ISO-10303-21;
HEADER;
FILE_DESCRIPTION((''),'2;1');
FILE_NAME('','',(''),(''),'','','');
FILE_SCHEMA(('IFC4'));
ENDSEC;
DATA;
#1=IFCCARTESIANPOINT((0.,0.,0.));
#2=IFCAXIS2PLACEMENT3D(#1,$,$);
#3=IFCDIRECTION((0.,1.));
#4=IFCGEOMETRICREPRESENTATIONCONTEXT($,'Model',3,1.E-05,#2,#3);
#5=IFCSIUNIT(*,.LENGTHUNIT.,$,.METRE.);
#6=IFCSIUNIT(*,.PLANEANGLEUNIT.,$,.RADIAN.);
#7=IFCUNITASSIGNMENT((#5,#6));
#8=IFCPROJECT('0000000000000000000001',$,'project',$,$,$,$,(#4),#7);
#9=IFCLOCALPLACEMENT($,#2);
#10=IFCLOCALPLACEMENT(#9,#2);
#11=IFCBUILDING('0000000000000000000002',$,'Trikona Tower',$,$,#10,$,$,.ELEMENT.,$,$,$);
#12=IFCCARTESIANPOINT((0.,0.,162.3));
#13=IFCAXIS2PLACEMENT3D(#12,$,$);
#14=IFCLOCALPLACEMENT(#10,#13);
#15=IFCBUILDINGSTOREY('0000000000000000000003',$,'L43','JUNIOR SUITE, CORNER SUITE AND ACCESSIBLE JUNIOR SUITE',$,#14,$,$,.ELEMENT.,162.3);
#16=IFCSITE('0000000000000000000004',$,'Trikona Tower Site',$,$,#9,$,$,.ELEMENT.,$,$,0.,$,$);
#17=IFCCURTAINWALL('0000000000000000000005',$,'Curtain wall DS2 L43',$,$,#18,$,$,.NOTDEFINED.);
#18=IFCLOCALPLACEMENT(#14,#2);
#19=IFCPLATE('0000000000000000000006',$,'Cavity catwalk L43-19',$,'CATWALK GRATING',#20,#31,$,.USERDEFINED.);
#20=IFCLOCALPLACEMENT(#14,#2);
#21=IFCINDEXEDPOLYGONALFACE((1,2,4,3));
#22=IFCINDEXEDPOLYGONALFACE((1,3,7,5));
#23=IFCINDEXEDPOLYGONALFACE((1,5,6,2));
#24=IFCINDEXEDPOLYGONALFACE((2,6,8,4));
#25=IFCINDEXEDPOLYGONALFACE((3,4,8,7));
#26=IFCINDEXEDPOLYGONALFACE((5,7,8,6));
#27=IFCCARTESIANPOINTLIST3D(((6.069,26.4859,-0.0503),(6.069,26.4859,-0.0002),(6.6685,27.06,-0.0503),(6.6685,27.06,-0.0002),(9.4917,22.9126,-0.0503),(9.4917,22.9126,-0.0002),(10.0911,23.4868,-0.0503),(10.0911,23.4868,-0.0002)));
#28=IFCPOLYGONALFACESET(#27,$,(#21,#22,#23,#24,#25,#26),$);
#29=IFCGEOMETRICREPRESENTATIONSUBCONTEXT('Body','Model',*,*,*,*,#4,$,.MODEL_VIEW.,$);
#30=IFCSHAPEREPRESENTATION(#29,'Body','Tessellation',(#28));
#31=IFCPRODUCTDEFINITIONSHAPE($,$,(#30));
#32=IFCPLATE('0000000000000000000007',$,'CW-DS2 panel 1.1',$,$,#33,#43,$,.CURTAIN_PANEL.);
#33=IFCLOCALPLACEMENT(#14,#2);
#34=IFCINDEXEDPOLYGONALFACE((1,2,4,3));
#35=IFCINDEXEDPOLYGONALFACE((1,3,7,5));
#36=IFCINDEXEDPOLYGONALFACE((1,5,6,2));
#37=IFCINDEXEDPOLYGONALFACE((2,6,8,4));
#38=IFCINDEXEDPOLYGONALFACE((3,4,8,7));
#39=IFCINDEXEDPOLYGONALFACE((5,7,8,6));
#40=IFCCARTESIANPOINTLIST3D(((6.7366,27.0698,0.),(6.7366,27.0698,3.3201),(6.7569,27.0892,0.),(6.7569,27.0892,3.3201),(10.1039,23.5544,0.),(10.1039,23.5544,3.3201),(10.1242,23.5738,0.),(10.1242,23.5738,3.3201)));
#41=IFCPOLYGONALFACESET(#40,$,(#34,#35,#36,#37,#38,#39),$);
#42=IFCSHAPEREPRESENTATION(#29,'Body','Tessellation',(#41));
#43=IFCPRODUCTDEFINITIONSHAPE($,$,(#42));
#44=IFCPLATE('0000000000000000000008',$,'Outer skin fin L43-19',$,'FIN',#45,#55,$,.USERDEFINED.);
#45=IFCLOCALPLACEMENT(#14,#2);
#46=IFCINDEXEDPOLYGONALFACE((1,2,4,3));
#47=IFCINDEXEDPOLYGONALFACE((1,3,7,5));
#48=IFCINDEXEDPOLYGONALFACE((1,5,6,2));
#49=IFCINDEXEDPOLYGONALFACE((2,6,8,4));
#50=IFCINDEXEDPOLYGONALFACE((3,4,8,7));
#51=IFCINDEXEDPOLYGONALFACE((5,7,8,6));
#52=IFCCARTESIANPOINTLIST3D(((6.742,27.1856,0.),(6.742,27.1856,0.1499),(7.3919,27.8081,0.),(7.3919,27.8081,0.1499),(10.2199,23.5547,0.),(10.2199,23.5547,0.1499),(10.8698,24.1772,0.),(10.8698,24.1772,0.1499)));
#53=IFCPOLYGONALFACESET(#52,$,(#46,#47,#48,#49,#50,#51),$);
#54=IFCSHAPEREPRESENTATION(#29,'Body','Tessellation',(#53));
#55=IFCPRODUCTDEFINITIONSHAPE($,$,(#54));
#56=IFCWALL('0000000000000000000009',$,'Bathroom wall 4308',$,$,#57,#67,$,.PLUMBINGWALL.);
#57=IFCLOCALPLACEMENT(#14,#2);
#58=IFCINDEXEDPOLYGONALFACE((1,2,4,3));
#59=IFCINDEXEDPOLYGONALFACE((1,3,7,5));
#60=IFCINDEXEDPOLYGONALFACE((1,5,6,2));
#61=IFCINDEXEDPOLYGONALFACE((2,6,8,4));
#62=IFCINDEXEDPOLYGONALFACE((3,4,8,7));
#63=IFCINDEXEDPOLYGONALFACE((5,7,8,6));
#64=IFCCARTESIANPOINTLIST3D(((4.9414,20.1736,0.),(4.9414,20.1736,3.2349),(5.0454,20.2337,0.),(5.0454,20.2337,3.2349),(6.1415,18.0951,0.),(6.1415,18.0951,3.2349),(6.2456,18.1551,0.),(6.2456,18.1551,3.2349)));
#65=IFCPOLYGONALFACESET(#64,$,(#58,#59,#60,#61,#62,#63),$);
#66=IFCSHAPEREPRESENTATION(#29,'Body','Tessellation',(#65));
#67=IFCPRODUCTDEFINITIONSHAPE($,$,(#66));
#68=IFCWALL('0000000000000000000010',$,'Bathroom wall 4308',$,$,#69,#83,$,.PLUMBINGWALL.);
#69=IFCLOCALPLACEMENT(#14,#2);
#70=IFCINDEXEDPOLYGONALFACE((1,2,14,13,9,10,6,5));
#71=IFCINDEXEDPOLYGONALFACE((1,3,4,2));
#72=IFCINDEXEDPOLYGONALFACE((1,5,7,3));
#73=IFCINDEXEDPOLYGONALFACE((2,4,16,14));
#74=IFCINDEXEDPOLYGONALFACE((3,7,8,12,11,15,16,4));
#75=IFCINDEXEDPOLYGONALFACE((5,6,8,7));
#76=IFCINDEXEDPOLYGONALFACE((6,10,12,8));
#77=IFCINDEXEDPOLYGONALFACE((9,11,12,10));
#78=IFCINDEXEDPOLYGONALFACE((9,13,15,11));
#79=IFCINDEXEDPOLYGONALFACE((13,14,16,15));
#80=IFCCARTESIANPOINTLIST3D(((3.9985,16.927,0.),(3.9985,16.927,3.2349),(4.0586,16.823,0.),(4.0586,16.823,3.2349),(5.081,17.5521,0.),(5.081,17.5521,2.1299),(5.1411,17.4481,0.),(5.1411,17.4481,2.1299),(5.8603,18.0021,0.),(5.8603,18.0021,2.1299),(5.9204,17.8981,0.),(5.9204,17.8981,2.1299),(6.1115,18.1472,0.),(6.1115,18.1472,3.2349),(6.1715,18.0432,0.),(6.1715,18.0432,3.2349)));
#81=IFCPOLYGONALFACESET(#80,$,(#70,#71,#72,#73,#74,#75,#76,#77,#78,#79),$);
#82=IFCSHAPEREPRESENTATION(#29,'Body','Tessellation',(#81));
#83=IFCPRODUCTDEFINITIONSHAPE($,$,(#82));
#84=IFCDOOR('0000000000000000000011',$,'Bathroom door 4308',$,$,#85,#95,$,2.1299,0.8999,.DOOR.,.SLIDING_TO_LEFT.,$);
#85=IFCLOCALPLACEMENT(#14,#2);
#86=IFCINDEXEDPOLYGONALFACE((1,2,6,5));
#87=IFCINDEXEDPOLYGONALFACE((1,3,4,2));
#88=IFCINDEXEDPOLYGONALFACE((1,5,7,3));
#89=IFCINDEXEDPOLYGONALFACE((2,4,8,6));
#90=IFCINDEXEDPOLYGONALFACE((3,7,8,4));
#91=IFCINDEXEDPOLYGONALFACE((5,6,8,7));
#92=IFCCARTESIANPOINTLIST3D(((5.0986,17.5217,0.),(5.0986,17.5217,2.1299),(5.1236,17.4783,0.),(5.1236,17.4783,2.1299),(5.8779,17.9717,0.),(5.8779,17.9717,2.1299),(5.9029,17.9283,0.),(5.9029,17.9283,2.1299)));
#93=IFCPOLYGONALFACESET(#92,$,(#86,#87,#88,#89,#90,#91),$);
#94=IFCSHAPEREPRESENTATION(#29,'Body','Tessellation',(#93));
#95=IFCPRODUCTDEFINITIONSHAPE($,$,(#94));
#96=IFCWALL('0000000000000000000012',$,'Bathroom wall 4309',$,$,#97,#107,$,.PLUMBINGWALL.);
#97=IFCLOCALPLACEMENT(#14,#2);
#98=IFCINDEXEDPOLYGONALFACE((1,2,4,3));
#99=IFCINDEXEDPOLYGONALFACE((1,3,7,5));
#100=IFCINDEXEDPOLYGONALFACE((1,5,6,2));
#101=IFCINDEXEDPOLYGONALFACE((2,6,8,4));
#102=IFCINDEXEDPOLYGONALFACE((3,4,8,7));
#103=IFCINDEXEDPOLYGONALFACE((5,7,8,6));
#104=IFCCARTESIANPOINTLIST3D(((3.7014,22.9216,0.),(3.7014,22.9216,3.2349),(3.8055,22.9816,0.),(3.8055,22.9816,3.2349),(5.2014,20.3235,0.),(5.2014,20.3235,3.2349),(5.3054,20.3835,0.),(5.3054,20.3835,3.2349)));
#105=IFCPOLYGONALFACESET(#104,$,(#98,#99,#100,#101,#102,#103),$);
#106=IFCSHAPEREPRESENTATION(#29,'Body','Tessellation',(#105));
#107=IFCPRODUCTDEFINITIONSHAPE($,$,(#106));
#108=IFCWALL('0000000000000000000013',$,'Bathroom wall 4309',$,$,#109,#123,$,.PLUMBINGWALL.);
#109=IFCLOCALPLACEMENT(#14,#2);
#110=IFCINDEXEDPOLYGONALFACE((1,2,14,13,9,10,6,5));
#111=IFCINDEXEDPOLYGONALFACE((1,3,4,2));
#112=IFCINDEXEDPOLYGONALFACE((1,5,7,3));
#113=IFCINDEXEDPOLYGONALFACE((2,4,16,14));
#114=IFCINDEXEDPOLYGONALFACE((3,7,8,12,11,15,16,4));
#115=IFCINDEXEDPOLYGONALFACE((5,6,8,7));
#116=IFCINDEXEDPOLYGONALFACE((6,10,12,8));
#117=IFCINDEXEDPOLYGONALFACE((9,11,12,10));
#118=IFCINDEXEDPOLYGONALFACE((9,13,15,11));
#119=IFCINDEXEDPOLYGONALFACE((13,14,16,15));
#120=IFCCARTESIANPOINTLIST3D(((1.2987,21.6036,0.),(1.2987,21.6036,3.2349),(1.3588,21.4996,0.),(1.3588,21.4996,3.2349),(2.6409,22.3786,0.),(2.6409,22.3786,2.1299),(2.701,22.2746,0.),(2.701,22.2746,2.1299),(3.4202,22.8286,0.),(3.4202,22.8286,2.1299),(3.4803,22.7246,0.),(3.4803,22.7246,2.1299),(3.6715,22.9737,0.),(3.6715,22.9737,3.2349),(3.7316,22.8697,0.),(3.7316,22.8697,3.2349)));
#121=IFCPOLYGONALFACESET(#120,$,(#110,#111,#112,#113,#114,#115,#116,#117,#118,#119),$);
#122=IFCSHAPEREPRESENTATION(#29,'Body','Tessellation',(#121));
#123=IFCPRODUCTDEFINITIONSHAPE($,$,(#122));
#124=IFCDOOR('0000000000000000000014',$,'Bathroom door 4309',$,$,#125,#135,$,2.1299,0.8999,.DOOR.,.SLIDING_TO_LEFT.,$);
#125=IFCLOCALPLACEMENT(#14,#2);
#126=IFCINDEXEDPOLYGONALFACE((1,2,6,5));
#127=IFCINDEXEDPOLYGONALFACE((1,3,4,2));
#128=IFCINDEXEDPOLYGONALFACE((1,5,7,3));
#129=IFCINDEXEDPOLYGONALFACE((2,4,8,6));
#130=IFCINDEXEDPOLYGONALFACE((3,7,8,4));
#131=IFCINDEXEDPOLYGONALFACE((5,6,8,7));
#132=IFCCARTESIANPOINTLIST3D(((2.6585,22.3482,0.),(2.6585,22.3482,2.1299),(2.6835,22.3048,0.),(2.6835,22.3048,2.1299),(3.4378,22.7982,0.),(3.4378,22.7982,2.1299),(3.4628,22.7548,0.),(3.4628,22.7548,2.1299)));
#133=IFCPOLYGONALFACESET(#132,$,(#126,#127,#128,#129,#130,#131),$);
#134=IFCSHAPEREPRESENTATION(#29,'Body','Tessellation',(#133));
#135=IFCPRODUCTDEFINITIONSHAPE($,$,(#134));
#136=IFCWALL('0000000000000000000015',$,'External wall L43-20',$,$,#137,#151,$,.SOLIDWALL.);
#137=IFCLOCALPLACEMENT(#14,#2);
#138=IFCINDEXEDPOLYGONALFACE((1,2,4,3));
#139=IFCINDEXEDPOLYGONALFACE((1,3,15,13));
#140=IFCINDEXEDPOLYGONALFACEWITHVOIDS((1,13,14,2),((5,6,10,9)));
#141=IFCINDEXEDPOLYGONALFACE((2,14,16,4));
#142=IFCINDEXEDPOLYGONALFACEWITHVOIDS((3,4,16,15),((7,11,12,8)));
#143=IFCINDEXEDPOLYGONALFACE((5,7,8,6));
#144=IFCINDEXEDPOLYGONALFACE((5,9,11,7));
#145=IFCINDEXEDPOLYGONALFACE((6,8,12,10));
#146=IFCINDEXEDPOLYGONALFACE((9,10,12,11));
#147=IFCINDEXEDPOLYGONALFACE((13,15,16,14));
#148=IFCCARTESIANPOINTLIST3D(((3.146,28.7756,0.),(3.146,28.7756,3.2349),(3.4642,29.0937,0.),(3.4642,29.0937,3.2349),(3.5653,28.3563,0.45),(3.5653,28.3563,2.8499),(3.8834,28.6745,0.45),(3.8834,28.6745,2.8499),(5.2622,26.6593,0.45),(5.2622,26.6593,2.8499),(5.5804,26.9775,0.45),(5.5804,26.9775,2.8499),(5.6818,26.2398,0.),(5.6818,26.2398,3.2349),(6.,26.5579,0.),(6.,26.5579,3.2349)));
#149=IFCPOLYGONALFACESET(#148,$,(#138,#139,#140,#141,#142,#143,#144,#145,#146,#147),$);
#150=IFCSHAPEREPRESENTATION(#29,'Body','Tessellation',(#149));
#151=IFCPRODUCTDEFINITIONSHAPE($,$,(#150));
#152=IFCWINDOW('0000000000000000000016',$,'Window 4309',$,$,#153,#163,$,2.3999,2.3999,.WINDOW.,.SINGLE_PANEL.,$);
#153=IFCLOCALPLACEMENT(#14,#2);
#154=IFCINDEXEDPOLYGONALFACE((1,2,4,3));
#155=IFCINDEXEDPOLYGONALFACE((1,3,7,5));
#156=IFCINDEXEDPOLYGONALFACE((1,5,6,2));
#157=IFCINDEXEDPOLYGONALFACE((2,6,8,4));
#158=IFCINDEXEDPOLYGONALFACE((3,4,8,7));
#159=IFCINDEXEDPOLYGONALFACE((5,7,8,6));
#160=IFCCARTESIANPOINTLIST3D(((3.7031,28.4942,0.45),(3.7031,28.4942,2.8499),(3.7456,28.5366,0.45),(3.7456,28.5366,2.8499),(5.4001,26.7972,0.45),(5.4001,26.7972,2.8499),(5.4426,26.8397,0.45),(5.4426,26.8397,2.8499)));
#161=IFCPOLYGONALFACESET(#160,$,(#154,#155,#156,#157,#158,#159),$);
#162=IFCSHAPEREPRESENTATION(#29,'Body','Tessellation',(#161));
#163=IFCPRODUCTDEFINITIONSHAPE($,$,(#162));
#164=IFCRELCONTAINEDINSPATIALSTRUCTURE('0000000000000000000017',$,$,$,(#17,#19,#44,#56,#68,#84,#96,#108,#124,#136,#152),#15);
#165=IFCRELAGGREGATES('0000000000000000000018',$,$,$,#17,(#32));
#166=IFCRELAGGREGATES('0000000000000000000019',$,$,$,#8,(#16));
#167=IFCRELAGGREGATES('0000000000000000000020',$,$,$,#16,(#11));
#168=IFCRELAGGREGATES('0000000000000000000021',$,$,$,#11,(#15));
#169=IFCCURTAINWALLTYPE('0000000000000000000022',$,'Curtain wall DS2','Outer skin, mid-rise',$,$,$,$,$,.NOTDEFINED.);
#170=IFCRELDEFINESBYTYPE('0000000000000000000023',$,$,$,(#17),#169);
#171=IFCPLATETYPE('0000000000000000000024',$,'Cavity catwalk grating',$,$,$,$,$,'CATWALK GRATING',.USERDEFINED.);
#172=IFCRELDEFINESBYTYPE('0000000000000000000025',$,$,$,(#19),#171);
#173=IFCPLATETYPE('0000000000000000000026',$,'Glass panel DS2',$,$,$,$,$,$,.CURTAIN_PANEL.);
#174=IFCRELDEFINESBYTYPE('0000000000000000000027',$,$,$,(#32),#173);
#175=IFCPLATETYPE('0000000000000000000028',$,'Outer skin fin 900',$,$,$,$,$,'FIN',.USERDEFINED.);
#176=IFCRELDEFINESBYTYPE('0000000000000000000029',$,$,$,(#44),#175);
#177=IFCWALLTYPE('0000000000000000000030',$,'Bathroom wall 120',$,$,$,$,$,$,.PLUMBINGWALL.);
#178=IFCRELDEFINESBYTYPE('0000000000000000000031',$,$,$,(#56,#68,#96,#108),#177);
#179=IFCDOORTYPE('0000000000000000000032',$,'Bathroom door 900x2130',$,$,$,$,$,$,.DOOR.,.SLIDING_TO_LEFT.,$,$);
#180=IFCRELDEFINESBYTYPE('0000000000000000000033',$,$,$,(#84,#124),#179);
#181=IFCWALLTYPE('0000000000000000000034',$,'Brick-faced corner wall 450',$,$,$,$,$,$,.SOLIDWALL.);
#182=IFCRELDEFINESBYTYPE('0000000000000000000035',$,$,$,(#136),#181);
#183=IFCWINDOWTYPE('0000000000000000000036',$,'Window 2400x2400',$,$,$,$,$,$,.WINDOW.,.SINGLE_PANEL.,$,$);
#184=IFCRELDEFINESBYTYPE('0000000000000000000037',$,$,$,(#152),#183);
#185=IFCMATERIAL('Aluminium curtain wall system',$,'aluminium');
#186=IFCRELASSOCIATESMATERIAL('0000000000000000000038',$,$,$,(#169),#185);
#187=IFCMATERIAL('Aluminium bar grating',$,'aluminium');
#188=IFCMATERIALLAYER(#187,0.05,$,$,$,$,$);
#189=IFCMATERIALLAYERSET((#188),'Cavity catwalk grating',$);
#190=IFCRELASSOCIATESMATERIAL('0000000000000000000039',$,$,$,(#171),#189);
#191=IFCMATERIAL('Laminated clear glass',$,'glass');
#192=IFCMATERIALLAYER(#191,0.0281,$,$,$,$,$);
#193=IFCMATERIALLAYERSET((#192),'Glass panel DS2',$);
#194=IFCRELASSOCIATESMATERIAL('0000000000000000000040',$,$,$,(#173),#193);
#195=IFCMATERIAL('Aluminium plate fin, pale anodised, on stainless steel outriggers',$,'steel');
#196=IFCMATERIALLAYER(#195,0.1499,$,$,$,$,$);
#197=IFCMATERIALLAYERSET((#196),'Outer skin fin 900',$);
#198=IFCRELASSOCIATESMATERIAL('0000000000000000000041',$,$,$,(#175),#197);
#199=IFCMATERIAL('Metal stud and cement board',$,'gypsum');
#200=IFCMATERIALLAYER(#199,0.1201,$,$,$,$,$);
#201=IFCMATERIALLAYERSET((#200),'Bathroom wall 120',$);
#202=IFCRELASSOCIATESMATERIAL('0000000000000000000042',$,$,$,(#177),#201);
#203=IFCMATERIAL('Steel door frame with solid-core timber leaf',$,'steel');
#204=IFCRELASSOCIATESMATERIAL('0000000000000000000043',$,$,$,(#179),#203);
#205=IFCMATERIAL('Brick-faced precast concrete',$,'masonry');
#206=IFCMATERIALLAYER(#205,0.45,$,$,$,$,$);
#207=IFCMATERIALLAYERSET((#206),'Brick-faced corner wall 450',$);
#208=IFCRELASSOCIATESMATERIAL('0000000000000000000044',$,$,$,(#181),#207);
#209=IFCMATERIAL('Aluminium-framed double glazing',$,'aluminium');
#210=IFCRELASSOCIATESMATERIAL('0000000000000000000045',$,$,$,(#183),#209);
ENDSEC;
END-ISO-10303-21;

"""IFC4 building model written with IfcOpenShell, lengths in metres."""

from ifc_helpers import new_model, si_unit, direction, frame, frame_2d, origin, origin_2d, place, context, subcontext, project, spatial, rectangle, extrude, material, layer, layer_set, type_object, element, fill, aggregate, save


model = new_model("IFC4")

# Units and contexts
model_context = context("Model", 3, precision=1e-05, world=origin(), true_north=direction((0.0, 1.0)))
body_context = subcontext(model_context, "Body", "Model", "MODEL_VIEW")
ifc_project = project(units=[si_unit("LENGTHUNIT", "METRE"), si_unit("PLANEANGLEUNIT", "RADIAN")], contexts=[model_context])

# Site, building, storey
site_placement = place(None, origin())
site = spatial("IfcSite", under=ifc_project, at=site_placement, Name="Trikona Tower Site", CompositionType="ELEMENT", RefElevation=0.0)
building_placement = place(site_placement, origin())
building = spatial("IfcBuilding", under=site, at=building_placement, Name="Trikona Tower", CompositionType="ELEMENT")
storey_placement = place(building_placement, frame((0.0, 0.0, 162.3)))
storey = spatial("IfcBuildingStorey", under=building, at=storey_placement, Name="L43", Description="JUNIOR SUITE, CORNER SUITE AND ACCESSIBLE JUNIOR SUITE", CompositionType="ELEMENT", Elevation=162.3)

# Curtain wall
ifc_material_1 = material(Name="Aluminium curtain wall system", Category="aluminium")
curtain_wall_type = type_object("IfcCurtainWallType", Name="Curtain wall DS2", Description="Outer skin, mid-rise", PredefinedType="NOTDEFINED", material=ifc_material_1)
curtain_wall_placement = place(storey_placement, origin())
curtain_wall = element("IfcCurtainWall", 1, at=curtain_wall_placement, inside=storey, type_object=curtain_wall_type, Name="Curtain wall DS2 L43", PredefinedType="NOTDEFINED")

# Plates
ifc_material_2 = material(Name="Aluminium bar grating", Category="aluminium")
ifc_layer_1 = layer(ifc_material_2, 0.05)
ifc_layer_set_1 = layer_set([ifc_layer_1], Name="Cavity catwalk grating")
plate_type_1 = type_object("IfcPlateType", Name="Cavity catwalk grating", ElementType="CATWALK GRATING", PredefinedType="USERDEFINED", material=ifc_layer_set_1)
plate_1_placement = place(storey_placement, frame((8.0801, 24.9863, -0.0503), z_axis=(0.0, 0.0, 1.0), x_axis=(-0.691724, 0.722162, 0.0)))
element("IfcPlate", 2, at=plate_1_placement, inside=storey, type_object=plate_type_1, Name="Cavity catwalk L43-19", ObjectType="CATWALK GRATING", PredefinedType="USERDEFINED", context=body_context, shape_type="SweptSolid", body=[
    extrude(rectangle(XDim=4.948, YDim=0.8301, at=origin_2d()), origin(), (0.0, 0.0, 1.0), 0.05),
])
ifc_material_3 = material(Name="Laminated clear glass", Category="glass")
ifc_layer_2 = layer(ifc_material_3, 0.0281)
ifc_layer_set_2 = layer_set([ifc_layer_2], Name="Glass panel DS2")
plate_type_2 = type_object("IfcPlateType", Name="Glass panel DS2", PredefinedType="CURTAIN_PANEL", material=ifc_layer_set_2)
plate_2_placement = place(storey_placement, frame((8.4304, 25.3218, 0.0), z_axis=(0.0, 0.0, 1.0), x_axis=(-0.691728, 0.722158, 0.0)))
plate_2 = element("IfcPlate", 3, at=plate_2_placement, type_object=plate_type_2, Name="CW-DS2 panel 1.1", PredefinedType="CURTAIN_PANEL", context=body_context, shape_type="SweptSolid", body=[
    extrude(rectangle(XDim=4.8679, YDim=0.0281, at=origin_2d()), origin(), (0.0, 0.0, 1.0), 3.3201),
])
aggregate(curtain_wall, [plate_2])
ifc_material_4 = material(Name="Aluminium plate fin, pale anodised, on stainless steel outriggers", Category="steel")
ifc_layer_3 = layer(ifc_material_4, 0.1499)
ifc_layer_set_3 = layer_set([ifc_layer_3], Name="Outer skin fin 900")
plate_type_3 = type_object("IfcPlateType", Name="Outer skin fin 900", ElementType="FIN", PredefinedType="USERDEFINED", material=ifc_layer_set_3)
plate_3_placement = place(storey_placement, frame((8.8059, 25.6814, 0.0), z_axis=(0.0, 0.0, 1.0), x_axis=(-0.691724, 0.722162, 0.0)))
element("IfcPlate", 4, at=plate_3_placement, inside=storey, type_object=plate_type_3, Name="Outer skin fin L43-19", ObjectType="FIN", PredefinedType="USERDEFINED", context=body_context, shape_type="SweptSolid", body=[
    extrude(rectangle(XDim=5.0278, YDim=0.8999, at=origin_2d()), origin(), (0.0, 0.0, 1.0), 0.1499),
])

# Wall
ifc_material_5 = material(Name="Metal stud and cement board", Category="gypsum")
ifc_layer_4 = layer(ifc_material_5, 0.1201)
ifc_layer_set_4 = layer_set([ifc_layer_4], Name="Bathroom wall 120")
wall_type_1 = type_object("IfcWallType", Name="Bathroom wall 120", PredefinedType="PLUMBINGWALL", material=ifc_layer_set_4)
wall_1_placement = place(storey_placement, frame((6.1936, 18.125, 0.0), z_axis=(0.0, 0.0, 1.0), x_axis=(-0.500034, 0.866006, 0.0)))
element("IfcWall", 5, at=wall_1_placement, inside=storey, type_object=wall_type_1, Name="Bathroom wall 4308", PredefinedType="PLUMBINGWALL", context=body_context, shape_type="SweptSolid", body=[
    extrude(rectangle(XDim=2.4001, YDim=0.1201, at=frame_2d((1.2002, 0.0))), origin(), (0.0, 0.0, 1.0), 3.2349),
])

# Wall, opening, door
wall_2_placement = place(storey_placement, frame((4.0286, 16.875, 0.0), z_axis=(0.0, 0.0, 1.0), x_axis=(0.865981, 0.500078, 0.0)))
wall_2 = element("IfcWall", 6, at=wall_2_placement, inside=storey, type_object=wall_type_1, Name="Bathroom wall 4308", PredefinedType="PLUMBINGWALL", context=body_context, shape_type="SweptSolid", body=[
    extrude(rectangle(XDim=2.4399, YDim=0.1201, at=frame_2d((1.22, 0.0))), origin(), (0.0, 0.0, 1.0), 3.2349),
])
opening_1_placement = place(wall_2_placement, frame((1.25, 0.0, 0.0)))
opening_1 = element("IfcOpeningElement", 7, at=opening_1_placement, cuts=wall_2, PredefinedType="OPENING", context=body_context, shape_type="SweptSolid", body=[
    extrude(rectangle(XDim=0.8999, YDim=2.1299, at=frame_2d((0.45, 1.0649))), frame((0.0, 0.0701, 0.0), z_axis=(0.0, -1.0, 0.0), x_axis=(1.0, 0.0, 0.0)), (0.0, 0.0, 1.0), 0.1401),
])
ifc_material_6 = material(Name="Steel door frame with solid-core timber leaf", Category="steel")
door_type = type_object("IfcDoorType", Name="Bathroom door 900x2130", OperationType="SLIDING_TO_LEFT", PredefinedType="DOOR", material=ifc_material_6)
door_1_placement = place(opening_1_placement, origin())
door_1 = element("IfcDoor", 8, at=door_1_placement, inside=storey, type_object=door_type, Name="Bathroom door 4308", OperationType="SLIDING_TO_LEFT", OverallHeight=2.1299, OverallWidth=0.8999, PredefinedType="DOOR", context=body_context, shape_type="SweptSolid", body=[
    extrude(rectangle(XDim=0.8999, YDim=2.1299, at=frame_2d((0.45, 1.0649))), frame((0.0, 0.0249, 0.0), z_axis=(0.0, -1.0, 0.0), x_axis=(1.0, 0.0, 0.0)), (0.0, 0.0, 1.0), 0.05),
])
fill(opening_1, door_1)

# Wall
wall_3_placement = place(storey_placement, frame((5.2534, 20.3535, 0.0), z_axis=(0.0, 0.0, 1.0), x_axis=(-0.49999, 0.866031, 0.0)))
element("IfcWall", 9, at=wall_3_placement, inside=storey, type_object=wall_type_1, Name="Bathroom wall 4309", PredefinedType="PLUMBINGWALL", context=body_context, shape_type="SweptSolid", body=[
    extrude(rectangle(XDim=3.0, YDim=0.1201, at=frame_2d((1.5, 0.0))), origin(), (0.0, 0.0, 1.0), 3.2349),
])

# Wall, opening, door
wall_4_placement = place(storey_placement, frame((1.3286, 21.5515, 0.0), z_axis=(0.0, 0.0, 1.0), x_axis=(0.865997, 0.500049, 0.0)))
wall_4 = element("IfcWall", 10, at=wall_4_placement, inside=storey, type_object=wall_type_1, Name="Bathroom wall 4309", PredefinedType="PLUMBINGWALL", context=body_context, shape_type="SweptSolid", body=[
    extrude(rectangle(XDim=2.74, YDim=0.1201, at=frame_2d((1.3701, 0.0))), origin(), (0.0, 0.0, 1.0), 3.2349),
])
opening_2_placement = place(wall_4_placement, frame((1.55, 0.0, 0.0)))
opening_2 = element("IfcOpeningElement", 11, at=opening_2_placement, cuts=wall_4, PredefinedType="OPENING", context=body_context, shape_type="SweptSolid", body=[
    extrude(rectangle(XDim=0.8999, YDim=2.1299, at=frame_2d((0.45, 1.0649))), frame((0.0, 0.0701, 0.0), z_axis=(0.0, -1.0, 0.0), x_axis=(1.0, 0.0, 0.0)), (0.0, 0.0, 1.0), 0.1401),
])
door_2_placement = place(opening_2_placement, origin())
door_2 = element("IfcDoor", 12, at=door_2_placement, inside=storey, type_object=door_type, Name="Bathroom door 4309", OperationType="SLIDING_TO_LEFT", OverallHeight=2.1299, OverallWidth=0.8999, PredefinedType="DOOR", context=body_context, shape_type="SweptSolid", body=[
    extrude(rectangle(XDim=0.8999, YDim=2.1299, at=frame_2d((0.45, 1.0649))), frame((0.0, 0.0249, 0.0), z_axis=(0.0, -1.0, 0.0), x_axis=(1.0, 0.0, 0.0)), (0.0, 0.0, 1.0), 0.05),
])
fill(opening_2, door_2)

# Wall, opening, window
ifc_material_7 = material(Name="Brick-faced precast concrete", Category="masonry")
ifc_layer_5 = layer(ifc_material_7, 0.45)
ifc_layer_set_5 = layer_set([ifc_layer_5], Name="Brick-faced corner wall 450")
wall_type_2 = type_object("IfcWallType", Name="Brick-faced corner wall 450", PredefinedType="SOLIDWALL", material=ifc_layer_set_5)
wall_5_placement = place(storey_placement, frame((5.8408, 26.3989, 0.0), z_axis=(0.0, 0.0, 1.0), x_axis=(-0.707107, 0.707107, 0.0)))
wall_5 = element("IfcWall", 13, at=wall_5_placement, inside=storey, type_object=wall_type_2, Name="External wall L43-20", PredefinedType="SOLIDWALL", context=body_context, shape_type="SweptSolid", body=[
    extrude(rectangle(XDim=3.5862, YDim=0.45, at=frame_2d((1.793, 0.0))), origin(), (0.0, 0.0, 1.0), 3.2349),
])
opening_3_placement = place(wall_5_placement, frame((0.5933, 0.0, 0.45)))
opening_3 = element("IfcOpeningElement", 14, at=opening_3_placement, cuts=wall_5, PredefinedType="OPENING", context=body_context, shape_type="SweptSolid", body=[
    extrude(rectangle(XDim=2.3999, YDim=2.3999, at=frame_2d((1.2, 1.2))), frame((0.0, 0.2349, 0.0), z_axis=(0.0, -1.0, 0.0), x_axis=(1.0, 0.0, 0.0)), (0.0, 0.0, 1.0), 0.47),
])
ifc_material_8 = material(Name="Aluminium-framed double glazing", Category="aluminium")
window_type_1 = type_object("IfcWindowType", Name="Window 2400x2400", PartitioningType="SINGLE_PANEL", PredefinedType="WINDOW", material=ifc_material_8)
window_1_placement = place(opening_3_placement, origin())
window_1 = element("IfcWindow", 15, at=window_1_placement, inside=storey, type_object=window_type_1, Name="Window 4309", OverallHeight=2.3999, OverallWidth=2.3999, PartitioningType="SINGLE_PANEL", PredefinedType="WINDOW", context=body_context, shape_type="SweptSolid", body=[
    extrude(rectangle(XDim=2.3999, YDim=2.3999, at=frame_2d((1.2, 1.2))), frame((0.0, 0.03, 0.0), z_axis=(0.0, -1.0, 0.0), x_axis=(1.0, 0.0, 0.0)), (0.0, 0.0, 1.0), 0.0601),
])
fill(opening_3, window_1)

save(model, "model.ifc")
